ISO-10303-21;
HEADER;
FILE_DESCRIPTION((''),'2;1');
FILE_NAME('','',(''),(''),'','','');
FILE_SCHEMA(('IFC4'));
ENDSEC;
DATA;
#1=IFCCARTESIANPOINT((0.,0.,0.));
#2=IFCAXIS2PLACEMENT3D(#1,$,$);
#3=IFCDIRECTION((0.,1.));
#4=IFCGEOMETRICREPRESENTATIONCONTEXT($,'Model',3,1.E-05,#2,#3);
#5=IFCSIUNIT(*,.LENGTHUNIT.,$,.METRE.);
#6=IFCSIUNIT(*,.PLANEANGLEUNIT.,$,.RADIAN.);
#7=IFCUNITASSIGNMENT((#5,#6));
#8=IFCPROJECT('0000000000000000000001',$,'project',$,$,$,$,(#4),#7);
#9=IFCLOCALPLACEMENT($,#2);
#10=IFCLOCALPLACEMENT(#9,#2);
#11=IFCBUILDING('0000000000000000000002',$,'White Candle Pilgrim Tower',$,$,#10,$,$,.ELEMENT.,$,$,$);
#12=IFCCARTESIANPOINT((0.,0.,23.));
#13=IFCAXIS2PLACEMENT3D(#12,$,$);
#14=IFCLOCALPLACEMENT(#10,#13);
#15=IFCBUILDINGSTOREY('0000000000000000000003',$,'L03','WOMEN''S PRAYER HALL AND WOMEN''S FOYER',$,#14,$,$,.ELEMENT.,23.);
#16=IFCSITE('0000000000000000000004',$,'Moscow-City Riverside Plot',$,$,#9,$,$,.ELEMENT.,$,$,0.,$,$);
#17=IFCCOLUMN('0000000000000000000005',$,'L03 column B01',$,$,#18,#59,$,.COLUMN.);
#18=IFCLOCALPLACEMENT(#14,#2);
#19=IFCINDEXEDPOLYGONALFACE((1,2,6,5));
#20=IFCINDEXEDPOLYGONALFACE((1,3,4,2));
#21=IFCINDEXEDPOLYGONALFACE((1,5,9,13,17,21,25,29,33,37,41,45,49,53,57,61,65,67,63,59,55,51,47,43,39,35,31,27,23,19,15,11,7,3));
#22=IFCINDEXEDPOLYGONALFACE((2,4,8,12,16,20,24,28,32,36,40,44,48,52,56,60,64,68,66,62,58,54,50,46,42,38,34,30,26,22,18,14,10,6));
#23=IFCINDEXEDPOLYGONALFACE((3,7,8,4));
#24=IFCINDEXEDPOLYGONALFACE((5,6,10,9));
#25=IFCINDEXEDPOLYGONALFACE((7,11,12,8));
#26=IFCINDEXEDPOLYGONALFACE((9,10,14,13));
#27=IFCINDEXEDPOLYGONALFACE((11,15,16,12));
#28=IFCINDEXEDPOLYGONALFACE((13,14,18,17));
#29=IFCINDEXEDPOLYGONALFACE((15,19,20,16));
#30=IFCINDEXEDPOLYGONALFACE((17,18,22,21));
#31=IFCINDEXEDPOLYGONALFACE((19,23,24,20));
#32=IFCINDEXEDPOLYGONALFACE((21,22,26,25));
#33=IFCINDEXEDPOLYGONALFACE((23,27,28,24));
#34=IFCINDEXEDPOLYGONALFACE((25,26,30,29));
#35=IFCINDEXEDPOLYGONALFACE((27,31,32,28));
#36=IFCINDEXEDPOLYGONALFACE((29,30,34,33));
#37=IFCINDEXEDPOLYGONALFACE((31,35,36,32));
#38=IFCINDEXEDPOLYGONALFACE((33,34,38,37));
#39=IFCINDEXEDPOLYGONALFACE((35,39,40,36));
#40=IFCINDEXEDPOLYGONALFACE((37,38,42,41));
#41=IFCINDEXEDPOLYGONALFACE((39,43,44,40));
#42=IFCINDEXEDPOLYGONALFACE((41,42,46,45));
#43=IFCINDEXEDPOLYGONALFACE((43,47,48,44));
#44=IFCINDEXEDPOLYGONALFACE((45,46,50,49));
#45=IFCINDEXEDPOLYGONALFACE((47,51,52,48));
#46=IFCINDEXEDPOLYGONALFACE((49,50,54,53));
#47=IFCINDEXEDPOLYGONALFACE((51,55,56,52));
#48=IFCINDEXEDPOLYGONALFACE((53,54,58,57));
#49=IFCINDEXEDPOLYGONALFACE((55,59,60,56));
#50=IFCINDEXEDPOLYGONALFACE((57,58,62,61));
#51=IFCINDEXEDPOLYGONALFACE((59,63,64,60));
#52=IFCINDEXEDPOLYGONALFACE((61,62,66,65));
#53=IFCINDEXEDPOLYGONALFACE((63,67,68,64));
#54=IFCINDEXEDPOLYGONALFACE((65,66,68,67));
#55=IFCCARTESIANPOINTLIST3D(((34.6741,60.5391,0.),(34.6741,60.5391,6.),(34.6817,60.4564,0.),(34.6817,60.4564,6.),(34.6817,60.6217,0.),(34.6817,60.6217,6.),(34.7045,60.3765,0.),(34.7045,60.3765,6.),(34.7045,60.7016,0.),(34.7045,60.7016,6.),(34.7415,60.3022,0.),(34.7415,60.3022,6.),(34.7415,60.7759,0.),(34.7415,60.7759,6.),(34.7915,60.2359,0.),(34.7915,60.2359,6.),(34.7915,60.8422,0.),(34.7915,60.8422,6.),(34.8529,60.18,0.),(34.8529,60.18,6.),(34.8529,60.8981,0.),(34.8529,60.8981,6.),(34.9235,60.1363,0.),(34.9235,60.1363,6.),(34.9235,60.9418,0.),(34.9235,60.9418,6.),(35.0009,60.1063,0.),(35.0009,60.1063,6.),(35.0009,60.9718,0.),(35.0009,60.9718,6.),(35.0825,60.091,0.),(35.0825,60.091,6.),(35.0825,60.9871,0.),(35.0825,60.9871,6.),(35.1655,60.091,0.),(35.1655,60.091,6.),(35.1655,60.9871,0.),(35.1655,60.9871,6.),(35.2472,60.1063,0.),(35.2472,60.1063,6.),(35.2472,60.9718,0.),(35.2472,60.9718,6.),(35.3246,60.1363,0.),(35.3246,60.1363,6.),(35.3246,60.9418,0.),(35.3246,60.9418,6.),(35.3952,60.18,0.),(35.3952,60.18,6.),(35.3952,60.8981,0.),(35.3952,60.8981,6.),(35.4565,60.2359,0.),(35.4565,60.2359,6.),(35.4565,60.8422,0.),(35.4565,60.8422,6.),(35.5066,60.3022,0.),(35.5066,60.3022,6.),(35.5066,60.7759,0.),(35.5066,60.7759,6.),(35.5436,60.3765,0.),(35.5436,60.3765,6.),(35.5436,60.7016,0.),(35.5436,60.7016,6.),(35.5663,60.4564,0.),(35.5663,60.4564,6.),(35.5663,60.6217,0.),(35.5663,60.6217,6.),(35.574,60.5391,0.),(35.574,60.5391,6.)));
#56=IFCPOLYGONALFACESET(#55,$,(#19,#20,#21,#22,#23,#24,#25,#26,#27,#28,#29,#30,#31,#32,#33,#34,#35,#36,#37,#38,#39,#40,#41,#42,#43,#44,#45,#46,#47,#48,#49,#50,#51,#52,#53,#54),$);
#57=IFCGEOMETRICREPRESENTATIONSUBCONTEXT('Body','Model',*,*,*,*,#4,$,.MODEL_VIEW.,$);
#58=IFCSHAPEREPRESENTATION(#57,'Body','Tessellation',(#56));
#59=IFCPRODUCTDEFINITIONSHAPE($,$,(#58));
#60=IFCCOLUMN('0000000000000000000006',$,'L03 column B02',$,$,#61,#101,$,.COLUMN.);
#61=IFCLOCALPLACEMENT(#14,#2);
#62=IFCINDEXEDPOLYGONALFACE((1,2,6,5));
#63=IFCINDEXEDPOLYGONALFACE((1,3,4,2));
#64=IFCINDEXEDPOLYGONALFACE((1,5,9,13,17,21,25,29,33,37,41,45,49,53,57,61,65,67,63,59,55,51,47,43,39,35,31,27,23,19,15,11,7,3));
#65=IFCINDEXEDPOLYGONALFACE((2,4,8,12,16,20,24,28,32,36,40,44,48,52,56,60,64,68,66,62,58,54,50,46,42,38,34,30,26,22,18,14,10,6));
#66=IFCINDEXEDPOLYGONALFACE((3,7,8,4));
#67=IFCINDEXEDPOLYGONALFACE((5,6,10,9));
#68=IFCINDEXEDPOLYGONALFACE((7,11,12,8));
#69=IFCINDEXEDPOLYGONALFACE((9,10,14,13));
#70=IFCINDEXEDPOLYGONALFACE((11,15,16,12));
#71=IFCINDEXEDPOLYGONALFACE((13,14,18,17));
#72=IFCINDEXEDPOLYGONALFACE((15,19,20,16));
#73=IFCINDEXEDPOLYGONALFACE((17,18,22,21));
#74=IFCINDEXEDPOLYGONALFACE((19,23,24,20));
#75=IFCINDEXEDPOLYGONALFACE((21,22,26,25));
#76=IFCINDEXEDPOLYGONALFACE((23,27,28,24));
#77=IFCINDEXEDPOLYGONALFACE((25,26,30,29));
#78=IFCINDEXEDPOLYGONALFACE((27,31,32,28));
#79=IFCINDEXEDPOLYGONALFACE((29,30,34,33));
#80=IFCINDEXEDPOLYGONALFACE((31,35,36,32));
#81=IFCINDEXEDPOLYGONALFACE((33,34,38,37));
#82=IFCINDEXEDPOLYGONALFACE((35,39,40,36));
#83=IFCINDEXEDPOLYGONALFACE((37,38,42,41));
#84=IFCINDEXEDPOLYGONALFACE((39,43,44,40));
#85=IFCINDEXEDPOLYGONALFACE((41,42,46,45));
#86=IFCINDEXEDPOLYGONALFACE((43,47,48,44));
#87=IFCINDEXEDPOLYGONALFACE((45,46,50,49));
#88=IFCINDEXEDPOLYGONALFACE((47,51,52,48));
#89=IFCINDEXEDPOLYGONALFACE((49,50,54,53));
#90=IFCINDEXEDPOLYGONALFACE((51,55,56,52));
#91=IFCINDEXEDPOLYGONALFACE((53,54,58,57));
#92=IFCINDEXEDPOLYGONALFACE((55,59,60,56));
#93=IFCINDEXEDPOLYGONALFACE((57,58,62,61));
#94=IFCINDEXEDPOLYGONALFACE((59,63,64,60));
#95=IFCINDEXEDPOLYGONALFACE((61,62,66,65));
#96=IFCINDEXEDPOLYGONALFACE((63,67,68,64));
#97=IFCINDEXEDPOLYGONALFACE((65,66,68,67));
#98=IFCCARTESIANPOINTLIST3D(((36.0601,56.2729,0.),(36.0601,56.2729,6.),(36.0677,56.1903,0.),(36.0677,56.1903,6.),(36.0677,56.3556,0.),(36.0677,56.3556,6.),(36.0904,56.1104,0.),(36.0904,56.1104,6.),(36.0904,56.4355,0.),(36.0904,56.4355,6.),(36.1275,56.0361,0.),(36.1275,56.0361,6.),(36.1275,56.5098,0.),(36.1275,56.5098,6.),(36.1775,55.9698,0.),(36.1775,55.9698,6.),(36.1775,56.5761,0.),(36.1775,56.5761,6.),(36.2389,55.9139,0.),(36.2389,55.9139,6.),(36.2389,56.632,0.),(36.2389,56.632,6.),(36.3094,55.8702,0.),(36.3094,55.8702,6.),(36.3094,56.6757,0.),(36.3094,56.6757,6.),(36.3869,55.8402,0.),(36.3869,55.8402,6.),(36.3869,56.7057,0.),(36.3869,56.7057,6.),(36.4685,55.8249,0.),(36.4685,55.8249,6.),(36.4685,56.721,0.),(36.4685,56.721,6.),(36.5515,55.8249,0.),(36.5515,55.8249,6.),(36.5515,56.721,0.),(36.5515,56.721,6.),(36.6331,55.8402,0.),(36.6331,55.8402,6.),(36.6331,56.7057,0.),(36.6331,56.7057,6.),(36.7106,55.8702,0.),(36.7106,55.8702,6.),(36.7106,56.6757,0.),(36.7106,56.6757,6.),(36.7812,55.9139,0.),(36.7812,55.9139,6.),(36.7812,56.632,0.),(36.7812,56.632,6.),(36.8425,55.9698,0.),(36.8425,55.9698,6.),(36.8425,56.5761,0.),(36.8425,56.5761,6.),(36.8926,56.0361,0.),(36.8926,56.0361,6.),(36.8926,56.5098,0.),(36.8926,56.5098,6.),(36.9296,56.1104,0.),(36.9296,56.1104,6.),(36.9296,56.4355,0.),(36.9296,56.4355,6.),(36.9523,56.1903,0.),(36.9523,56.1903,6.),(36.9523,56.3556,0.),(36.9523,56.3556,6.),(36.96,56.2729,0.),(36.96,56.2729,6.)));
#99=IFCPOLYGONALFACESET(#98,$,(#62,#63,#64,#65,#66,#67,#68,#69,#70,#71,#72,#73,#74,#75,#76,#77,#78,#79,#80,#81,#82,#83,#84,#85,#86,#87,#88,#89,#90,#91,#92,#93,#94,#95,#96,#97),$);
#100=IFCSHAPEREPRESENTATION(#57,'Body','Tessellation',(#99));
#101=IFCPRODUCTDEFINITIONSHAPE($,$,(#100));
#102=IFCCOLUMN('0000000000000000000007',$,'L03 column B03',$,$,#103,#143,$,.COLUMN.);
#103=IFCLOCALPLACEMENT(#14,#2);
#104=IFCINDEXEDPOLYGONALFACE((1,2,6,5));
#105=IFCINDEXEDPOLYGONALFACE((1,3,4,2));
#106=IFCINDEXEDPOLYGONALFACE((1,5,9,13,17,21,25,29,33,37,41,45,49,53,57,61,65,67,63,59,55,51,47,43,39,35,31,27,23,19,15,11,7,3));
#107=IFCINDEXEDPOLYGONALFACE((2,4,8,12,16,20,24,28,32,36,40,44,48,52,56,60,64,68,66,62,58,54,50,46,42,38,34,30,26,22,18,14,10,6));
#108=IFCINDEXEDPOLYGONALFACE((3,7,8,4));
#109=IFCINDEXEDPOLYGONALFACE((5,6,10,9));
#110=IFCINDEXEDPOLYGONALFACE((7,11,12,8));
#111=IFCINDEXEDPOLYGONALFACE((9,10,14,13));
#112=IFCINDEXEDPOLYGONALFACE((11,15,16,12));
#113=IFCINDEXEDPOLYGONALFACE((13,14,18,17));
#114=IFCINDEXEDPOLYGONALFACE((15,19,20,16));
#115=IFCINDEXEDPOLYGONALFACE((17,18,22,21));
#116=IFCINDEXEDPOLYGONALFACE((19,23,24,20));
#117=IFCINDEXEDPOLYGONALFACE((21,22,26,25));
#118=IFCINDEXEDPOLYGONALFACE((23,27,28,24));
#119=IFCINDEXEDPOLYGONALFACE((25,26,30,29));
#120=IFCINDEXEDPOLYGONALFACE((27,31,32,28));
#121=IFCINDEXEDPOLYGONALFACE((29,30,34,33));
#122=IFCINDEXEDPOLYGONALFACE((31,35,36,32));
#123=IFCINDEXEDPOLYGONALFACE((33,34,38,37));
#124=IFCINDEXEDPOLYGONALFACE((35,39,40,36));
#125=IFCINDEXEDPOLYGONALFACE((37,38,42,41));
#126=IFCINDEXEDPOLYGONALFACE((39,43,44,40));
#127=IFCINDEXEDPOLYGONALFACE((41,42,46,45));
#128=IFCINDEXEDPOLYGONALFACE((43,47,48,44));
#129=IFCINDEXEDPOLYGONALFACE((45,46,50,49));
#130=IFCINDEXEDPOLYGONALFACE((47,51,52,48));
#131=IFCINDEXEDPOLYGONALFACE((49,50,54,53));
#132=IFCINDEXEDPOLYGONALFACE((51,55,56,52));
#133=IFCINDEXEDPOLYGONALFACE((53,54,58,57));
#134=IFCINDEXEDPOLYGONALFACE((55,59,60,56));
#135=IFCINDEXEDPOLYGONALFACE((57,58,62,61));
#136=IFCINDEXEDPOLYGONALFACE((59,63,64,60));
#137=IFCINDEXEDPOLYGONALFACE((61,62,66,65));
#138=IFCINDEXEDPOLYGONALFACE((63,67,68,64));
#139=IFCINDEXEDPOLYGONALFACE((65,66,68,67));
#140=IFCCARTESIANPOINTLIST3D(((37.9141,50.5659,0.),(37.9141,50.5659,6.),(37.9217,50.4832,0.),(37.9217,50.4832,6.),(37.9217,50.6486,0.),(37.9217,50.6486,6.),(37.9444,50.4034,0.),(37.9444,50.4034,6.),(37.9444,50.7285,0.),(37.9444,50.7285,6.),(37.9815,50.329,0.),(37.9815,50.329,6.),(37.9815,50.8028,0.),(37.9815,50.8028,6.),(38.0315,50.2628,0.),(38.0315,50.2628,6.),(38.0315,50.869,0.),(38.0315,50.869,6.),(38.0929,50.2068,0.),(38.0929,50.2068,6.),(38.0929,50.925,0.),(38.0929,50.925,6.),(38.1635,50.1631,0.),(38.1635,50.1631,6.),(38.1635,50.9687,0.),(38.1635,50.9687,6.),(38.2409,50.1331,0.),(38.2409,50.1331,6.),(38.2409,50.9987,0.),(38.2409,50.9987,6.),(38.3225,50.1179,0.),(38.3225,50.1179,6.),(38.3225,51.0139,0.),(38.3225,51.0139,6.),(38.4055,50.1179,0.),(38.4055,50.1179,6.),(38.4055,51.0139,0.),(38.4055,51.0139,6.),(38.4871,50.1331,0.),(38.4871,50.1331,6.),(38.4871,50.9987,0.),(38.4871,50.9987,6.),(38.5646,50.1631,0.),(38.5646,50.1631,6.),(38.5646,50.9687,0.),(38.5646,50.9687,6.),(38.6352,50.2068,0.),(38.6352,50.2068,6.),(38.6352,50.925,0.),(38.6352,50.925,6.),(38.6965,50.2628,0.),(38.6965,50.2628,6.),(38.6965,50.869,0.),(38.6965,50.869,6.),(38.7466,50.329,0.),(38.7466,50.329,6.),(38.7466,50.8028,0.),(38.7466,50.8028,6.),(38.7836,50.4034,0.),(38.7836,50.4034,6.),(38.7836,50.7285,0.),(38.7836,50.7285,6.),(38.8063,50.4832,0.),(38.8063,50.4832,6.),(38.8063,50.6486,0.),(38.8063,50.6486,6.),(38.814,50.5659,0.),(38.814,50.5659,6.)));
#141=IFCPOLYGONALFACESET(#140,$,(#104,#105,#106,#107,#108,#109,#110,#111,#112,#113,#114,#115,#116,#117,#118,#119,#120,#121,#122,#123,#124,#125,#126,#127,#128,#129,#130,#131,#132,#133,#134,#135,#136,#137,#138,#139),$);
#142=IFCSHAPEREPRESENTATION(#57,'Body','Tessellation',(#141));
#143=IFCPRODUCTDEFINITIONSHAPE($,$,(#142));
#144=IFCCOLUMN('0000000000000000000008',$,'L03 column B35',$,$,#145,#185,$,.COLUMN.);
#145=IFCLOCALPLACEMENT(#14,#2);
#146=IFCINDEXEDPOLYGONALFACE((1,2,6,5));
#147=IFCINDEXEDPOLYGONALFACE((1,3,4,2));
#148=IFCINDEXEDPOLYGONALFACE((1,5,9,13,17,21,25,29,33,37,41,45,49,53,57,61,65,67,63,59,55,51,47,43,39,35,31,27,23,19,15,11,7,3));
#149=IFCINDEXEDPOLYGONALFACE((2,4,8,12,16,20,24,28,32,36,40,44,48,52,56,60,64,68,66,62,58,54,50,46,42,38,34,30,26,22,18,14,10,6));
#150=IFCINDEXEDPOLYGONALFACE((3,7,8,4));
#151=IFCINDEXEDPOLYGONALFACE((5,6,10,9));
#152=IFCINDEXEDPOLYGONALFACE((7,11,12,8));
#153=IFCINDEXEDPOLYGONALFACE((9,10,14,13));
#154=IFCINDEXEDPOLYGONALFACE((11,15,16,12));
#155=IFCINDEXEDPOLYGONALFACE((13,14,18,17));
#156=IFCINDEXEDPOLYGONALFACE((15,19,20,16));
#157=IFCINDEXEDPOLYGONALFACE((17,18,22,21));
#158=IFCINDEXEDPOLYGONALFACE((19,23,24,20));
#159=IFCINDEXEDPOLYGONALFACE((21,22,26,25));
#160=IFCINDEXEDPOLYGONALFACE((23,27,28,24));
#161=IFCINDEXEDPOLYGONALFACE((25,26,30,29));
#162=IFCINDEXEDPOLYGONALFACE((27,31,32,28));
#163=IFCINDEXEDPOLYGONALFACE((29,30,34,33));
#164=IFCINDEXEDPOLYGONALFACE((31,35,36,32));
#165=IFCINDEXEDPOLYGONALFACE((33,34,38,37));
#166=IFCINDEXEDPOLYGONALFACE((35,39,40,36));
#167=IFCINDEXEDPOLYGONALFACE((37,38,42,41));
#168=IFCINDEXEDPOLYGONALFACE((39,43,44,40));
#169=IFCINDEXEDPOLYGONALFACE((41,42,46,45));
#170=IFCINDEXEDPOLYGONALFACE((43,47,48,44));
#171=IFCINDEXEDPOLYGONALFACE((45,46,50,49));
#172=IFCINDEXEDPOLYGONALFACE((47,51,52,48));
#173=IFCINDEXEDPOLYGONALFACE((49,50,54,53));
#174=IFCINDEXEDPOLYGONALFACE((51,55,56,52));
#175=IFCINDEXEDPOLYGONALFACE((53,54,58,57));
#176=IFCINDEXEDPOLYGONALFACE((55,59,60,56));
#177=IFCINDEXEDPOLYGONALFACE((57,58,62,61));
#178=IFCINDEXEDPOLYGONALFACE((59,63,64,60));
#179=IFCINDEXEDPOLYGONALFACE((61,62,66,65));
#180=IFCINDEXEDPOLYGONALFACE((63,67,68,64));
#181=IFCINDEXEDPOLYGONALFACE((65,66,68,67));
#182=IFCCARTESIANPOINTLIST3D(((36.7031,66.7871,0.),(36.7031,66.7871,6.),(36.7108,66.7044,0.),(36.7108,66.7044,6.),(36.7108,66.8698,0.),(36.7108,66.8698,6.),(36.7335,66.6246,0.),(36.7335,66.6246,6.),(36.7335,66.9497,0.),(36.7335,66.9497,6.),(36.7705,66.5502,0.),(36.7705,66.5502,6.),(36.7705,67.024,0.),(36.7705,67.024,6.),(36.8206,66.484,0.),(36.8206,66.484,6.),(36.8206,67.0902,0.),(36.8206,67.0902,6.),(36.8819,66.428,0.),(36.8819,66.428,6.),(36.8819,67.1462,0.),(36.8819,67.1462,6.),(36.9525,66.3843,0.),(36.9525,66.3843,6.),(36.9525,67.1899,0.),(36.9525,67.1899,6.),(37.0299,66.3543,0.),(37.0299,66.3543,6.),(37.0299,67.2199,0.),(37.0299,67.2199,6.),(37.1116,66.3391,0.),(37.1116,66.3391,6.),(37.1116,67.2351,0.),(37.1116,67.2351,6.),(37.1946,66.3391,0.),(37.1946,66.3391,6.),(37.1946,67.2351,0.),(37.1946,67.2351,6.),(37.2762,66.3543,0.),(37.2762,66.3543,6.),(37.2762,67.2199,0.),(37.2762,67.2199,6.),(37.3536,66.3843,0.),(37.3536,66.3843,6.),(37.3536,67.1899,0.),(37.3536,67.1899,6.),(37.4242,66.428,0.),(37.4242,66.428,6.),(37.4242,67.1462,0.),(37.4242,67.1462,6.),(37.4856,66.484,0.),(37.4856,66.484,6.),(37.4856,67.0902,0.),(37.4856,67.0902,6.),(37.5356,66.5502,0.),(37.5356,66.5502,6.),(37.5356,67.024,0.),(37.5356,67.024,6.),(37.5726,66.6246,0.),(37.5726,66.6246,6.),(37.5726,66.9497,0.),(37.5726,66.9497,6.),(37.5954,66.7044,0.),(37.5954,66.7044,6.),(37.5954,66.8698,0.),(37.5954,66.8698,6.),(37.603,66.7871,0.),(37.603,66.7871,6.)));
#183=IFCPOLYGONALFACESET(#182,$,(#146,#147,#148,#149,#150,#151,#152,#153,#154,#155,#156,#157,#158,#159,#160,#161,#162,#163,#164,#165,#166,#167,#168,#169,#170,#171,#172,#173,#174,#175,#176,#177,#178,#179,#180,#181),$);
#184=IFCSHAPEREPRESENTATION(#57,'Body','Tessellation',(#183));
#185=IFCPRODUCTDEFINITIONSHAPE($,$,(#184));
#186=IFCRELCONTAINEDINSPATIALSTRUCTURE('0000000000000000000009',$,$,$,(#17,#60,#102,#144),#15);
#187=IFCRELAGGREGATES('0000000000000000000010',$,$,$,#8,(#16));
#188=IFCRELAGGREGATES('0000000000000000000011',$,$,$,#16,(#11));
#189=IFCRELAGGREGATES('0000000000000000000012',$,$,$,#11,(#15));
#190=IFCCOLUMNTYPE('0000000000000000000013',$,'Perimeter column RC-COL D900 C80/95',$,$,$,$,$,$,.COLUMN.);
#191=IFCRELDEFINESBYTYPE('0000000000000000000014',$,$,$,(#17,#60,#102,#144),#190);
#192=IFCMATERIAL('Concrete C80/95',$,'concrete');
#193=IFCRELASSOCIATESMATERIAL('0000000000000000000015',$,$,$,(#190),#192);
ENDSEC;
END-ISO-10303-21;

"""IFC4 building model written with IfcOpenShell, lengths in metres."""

from ifc_helpers import new_model, si_unit, direction, frame, origin, origin_2d, place, context, subcontext, project, spatial, circle, extrude, material, material_profile, profile_set, type_object, element, save


model = new_model("IFC4")

# Units and contexts
model_context = context("Model", 3, precision=1e-05, world=origin(), true_north=direction((0.0, 1.0)))
body_context = subcontext(model_context, "Body", "Model", "MODEL_VIEW")
ifc_project = project(units=[si_unit("LENGTHUNIT", "METRE"), si_unit("PLANEANGLEUNIT", "RADIAN")], contexts=[model_context])

# Site, building, storey
site_placement = place(None, origin())
site = spatial("IfcSite", under=ifc_project, at=site_placement, Name="Moscow-City Riverside Plot", CompositionType="ELEMENT", RefElevation=0.0)
building_placement = place(site_placement, origin())
building = spatial("IfcBuilding", under=site, at=building_placement, Name="White Candle Pilgrim Tower", CompositionType="ELEMENT")
storey_placement = place(building_placement, frame((0.0, 0.0, 23.0)))
storey = spatial("IfcBuildingStorey", under=building, at=storey_placement, Name="L03", Description="WOMEN'S PRAYER HALL AND WOMEN'S FOYER", CompositionType="ELEMENT", Elevation=23.0)

# Columns
ifc_material_1 = material(Name="Concrete C80/95", Category="concrete")
ifc_material_profile_1 = material_profile(ifc_material_1, circle(Radius=0.45, at=origin_2d()), Name="RC-COL D900")
ifc_profile_set_1 = profile_set([ifc_material_profile_1], Name="Concrete C80/95")
column_type = type_object("IfcColumnType", Name="Perimeter column RC-COL D900 C80/95", PredefinedType="COLUMN", material=ifc_profile_set_1)
for number, where, z_axis, x_axis, name in (
    (1, (35.124, 60.5391, 0.0), (0.0, 0.0, 1.0), (1.0, 0.0, 0.0), "L03 column B01"),
    (2, (36.51, 56.2729, 0.0), (0.0, 0.0, 1.0), (1.0, 0.0, 0.0), "L03 column B02"),
    (3, (38.364, 50.5659, 0.0), (0.0, 0.0, 1.0), (1.0, 0.0, 0.0), "L03 column B03"),
    (4, (37.1531, 66.7871, 0.0), (0.0, 0.0, 1.0), (1.0, 0.0, 0.0), "L03 column B35"),
):
    element("IfcColumn", number, at=place(storey_placement, frame(where, z_axis=z_axis, x_axis=x_axis)), inside=storey, type_object=column_type, Name=name, PredefinedType="COLUMN", context=body_context, shape_type="SweptSolid", body=[
        extrude(circle(Radius=0.45, at=origin_2d()), origin(), (0.0, 0.0, 1.0), 6.0),
    ])

save(model, "model.ifc")
